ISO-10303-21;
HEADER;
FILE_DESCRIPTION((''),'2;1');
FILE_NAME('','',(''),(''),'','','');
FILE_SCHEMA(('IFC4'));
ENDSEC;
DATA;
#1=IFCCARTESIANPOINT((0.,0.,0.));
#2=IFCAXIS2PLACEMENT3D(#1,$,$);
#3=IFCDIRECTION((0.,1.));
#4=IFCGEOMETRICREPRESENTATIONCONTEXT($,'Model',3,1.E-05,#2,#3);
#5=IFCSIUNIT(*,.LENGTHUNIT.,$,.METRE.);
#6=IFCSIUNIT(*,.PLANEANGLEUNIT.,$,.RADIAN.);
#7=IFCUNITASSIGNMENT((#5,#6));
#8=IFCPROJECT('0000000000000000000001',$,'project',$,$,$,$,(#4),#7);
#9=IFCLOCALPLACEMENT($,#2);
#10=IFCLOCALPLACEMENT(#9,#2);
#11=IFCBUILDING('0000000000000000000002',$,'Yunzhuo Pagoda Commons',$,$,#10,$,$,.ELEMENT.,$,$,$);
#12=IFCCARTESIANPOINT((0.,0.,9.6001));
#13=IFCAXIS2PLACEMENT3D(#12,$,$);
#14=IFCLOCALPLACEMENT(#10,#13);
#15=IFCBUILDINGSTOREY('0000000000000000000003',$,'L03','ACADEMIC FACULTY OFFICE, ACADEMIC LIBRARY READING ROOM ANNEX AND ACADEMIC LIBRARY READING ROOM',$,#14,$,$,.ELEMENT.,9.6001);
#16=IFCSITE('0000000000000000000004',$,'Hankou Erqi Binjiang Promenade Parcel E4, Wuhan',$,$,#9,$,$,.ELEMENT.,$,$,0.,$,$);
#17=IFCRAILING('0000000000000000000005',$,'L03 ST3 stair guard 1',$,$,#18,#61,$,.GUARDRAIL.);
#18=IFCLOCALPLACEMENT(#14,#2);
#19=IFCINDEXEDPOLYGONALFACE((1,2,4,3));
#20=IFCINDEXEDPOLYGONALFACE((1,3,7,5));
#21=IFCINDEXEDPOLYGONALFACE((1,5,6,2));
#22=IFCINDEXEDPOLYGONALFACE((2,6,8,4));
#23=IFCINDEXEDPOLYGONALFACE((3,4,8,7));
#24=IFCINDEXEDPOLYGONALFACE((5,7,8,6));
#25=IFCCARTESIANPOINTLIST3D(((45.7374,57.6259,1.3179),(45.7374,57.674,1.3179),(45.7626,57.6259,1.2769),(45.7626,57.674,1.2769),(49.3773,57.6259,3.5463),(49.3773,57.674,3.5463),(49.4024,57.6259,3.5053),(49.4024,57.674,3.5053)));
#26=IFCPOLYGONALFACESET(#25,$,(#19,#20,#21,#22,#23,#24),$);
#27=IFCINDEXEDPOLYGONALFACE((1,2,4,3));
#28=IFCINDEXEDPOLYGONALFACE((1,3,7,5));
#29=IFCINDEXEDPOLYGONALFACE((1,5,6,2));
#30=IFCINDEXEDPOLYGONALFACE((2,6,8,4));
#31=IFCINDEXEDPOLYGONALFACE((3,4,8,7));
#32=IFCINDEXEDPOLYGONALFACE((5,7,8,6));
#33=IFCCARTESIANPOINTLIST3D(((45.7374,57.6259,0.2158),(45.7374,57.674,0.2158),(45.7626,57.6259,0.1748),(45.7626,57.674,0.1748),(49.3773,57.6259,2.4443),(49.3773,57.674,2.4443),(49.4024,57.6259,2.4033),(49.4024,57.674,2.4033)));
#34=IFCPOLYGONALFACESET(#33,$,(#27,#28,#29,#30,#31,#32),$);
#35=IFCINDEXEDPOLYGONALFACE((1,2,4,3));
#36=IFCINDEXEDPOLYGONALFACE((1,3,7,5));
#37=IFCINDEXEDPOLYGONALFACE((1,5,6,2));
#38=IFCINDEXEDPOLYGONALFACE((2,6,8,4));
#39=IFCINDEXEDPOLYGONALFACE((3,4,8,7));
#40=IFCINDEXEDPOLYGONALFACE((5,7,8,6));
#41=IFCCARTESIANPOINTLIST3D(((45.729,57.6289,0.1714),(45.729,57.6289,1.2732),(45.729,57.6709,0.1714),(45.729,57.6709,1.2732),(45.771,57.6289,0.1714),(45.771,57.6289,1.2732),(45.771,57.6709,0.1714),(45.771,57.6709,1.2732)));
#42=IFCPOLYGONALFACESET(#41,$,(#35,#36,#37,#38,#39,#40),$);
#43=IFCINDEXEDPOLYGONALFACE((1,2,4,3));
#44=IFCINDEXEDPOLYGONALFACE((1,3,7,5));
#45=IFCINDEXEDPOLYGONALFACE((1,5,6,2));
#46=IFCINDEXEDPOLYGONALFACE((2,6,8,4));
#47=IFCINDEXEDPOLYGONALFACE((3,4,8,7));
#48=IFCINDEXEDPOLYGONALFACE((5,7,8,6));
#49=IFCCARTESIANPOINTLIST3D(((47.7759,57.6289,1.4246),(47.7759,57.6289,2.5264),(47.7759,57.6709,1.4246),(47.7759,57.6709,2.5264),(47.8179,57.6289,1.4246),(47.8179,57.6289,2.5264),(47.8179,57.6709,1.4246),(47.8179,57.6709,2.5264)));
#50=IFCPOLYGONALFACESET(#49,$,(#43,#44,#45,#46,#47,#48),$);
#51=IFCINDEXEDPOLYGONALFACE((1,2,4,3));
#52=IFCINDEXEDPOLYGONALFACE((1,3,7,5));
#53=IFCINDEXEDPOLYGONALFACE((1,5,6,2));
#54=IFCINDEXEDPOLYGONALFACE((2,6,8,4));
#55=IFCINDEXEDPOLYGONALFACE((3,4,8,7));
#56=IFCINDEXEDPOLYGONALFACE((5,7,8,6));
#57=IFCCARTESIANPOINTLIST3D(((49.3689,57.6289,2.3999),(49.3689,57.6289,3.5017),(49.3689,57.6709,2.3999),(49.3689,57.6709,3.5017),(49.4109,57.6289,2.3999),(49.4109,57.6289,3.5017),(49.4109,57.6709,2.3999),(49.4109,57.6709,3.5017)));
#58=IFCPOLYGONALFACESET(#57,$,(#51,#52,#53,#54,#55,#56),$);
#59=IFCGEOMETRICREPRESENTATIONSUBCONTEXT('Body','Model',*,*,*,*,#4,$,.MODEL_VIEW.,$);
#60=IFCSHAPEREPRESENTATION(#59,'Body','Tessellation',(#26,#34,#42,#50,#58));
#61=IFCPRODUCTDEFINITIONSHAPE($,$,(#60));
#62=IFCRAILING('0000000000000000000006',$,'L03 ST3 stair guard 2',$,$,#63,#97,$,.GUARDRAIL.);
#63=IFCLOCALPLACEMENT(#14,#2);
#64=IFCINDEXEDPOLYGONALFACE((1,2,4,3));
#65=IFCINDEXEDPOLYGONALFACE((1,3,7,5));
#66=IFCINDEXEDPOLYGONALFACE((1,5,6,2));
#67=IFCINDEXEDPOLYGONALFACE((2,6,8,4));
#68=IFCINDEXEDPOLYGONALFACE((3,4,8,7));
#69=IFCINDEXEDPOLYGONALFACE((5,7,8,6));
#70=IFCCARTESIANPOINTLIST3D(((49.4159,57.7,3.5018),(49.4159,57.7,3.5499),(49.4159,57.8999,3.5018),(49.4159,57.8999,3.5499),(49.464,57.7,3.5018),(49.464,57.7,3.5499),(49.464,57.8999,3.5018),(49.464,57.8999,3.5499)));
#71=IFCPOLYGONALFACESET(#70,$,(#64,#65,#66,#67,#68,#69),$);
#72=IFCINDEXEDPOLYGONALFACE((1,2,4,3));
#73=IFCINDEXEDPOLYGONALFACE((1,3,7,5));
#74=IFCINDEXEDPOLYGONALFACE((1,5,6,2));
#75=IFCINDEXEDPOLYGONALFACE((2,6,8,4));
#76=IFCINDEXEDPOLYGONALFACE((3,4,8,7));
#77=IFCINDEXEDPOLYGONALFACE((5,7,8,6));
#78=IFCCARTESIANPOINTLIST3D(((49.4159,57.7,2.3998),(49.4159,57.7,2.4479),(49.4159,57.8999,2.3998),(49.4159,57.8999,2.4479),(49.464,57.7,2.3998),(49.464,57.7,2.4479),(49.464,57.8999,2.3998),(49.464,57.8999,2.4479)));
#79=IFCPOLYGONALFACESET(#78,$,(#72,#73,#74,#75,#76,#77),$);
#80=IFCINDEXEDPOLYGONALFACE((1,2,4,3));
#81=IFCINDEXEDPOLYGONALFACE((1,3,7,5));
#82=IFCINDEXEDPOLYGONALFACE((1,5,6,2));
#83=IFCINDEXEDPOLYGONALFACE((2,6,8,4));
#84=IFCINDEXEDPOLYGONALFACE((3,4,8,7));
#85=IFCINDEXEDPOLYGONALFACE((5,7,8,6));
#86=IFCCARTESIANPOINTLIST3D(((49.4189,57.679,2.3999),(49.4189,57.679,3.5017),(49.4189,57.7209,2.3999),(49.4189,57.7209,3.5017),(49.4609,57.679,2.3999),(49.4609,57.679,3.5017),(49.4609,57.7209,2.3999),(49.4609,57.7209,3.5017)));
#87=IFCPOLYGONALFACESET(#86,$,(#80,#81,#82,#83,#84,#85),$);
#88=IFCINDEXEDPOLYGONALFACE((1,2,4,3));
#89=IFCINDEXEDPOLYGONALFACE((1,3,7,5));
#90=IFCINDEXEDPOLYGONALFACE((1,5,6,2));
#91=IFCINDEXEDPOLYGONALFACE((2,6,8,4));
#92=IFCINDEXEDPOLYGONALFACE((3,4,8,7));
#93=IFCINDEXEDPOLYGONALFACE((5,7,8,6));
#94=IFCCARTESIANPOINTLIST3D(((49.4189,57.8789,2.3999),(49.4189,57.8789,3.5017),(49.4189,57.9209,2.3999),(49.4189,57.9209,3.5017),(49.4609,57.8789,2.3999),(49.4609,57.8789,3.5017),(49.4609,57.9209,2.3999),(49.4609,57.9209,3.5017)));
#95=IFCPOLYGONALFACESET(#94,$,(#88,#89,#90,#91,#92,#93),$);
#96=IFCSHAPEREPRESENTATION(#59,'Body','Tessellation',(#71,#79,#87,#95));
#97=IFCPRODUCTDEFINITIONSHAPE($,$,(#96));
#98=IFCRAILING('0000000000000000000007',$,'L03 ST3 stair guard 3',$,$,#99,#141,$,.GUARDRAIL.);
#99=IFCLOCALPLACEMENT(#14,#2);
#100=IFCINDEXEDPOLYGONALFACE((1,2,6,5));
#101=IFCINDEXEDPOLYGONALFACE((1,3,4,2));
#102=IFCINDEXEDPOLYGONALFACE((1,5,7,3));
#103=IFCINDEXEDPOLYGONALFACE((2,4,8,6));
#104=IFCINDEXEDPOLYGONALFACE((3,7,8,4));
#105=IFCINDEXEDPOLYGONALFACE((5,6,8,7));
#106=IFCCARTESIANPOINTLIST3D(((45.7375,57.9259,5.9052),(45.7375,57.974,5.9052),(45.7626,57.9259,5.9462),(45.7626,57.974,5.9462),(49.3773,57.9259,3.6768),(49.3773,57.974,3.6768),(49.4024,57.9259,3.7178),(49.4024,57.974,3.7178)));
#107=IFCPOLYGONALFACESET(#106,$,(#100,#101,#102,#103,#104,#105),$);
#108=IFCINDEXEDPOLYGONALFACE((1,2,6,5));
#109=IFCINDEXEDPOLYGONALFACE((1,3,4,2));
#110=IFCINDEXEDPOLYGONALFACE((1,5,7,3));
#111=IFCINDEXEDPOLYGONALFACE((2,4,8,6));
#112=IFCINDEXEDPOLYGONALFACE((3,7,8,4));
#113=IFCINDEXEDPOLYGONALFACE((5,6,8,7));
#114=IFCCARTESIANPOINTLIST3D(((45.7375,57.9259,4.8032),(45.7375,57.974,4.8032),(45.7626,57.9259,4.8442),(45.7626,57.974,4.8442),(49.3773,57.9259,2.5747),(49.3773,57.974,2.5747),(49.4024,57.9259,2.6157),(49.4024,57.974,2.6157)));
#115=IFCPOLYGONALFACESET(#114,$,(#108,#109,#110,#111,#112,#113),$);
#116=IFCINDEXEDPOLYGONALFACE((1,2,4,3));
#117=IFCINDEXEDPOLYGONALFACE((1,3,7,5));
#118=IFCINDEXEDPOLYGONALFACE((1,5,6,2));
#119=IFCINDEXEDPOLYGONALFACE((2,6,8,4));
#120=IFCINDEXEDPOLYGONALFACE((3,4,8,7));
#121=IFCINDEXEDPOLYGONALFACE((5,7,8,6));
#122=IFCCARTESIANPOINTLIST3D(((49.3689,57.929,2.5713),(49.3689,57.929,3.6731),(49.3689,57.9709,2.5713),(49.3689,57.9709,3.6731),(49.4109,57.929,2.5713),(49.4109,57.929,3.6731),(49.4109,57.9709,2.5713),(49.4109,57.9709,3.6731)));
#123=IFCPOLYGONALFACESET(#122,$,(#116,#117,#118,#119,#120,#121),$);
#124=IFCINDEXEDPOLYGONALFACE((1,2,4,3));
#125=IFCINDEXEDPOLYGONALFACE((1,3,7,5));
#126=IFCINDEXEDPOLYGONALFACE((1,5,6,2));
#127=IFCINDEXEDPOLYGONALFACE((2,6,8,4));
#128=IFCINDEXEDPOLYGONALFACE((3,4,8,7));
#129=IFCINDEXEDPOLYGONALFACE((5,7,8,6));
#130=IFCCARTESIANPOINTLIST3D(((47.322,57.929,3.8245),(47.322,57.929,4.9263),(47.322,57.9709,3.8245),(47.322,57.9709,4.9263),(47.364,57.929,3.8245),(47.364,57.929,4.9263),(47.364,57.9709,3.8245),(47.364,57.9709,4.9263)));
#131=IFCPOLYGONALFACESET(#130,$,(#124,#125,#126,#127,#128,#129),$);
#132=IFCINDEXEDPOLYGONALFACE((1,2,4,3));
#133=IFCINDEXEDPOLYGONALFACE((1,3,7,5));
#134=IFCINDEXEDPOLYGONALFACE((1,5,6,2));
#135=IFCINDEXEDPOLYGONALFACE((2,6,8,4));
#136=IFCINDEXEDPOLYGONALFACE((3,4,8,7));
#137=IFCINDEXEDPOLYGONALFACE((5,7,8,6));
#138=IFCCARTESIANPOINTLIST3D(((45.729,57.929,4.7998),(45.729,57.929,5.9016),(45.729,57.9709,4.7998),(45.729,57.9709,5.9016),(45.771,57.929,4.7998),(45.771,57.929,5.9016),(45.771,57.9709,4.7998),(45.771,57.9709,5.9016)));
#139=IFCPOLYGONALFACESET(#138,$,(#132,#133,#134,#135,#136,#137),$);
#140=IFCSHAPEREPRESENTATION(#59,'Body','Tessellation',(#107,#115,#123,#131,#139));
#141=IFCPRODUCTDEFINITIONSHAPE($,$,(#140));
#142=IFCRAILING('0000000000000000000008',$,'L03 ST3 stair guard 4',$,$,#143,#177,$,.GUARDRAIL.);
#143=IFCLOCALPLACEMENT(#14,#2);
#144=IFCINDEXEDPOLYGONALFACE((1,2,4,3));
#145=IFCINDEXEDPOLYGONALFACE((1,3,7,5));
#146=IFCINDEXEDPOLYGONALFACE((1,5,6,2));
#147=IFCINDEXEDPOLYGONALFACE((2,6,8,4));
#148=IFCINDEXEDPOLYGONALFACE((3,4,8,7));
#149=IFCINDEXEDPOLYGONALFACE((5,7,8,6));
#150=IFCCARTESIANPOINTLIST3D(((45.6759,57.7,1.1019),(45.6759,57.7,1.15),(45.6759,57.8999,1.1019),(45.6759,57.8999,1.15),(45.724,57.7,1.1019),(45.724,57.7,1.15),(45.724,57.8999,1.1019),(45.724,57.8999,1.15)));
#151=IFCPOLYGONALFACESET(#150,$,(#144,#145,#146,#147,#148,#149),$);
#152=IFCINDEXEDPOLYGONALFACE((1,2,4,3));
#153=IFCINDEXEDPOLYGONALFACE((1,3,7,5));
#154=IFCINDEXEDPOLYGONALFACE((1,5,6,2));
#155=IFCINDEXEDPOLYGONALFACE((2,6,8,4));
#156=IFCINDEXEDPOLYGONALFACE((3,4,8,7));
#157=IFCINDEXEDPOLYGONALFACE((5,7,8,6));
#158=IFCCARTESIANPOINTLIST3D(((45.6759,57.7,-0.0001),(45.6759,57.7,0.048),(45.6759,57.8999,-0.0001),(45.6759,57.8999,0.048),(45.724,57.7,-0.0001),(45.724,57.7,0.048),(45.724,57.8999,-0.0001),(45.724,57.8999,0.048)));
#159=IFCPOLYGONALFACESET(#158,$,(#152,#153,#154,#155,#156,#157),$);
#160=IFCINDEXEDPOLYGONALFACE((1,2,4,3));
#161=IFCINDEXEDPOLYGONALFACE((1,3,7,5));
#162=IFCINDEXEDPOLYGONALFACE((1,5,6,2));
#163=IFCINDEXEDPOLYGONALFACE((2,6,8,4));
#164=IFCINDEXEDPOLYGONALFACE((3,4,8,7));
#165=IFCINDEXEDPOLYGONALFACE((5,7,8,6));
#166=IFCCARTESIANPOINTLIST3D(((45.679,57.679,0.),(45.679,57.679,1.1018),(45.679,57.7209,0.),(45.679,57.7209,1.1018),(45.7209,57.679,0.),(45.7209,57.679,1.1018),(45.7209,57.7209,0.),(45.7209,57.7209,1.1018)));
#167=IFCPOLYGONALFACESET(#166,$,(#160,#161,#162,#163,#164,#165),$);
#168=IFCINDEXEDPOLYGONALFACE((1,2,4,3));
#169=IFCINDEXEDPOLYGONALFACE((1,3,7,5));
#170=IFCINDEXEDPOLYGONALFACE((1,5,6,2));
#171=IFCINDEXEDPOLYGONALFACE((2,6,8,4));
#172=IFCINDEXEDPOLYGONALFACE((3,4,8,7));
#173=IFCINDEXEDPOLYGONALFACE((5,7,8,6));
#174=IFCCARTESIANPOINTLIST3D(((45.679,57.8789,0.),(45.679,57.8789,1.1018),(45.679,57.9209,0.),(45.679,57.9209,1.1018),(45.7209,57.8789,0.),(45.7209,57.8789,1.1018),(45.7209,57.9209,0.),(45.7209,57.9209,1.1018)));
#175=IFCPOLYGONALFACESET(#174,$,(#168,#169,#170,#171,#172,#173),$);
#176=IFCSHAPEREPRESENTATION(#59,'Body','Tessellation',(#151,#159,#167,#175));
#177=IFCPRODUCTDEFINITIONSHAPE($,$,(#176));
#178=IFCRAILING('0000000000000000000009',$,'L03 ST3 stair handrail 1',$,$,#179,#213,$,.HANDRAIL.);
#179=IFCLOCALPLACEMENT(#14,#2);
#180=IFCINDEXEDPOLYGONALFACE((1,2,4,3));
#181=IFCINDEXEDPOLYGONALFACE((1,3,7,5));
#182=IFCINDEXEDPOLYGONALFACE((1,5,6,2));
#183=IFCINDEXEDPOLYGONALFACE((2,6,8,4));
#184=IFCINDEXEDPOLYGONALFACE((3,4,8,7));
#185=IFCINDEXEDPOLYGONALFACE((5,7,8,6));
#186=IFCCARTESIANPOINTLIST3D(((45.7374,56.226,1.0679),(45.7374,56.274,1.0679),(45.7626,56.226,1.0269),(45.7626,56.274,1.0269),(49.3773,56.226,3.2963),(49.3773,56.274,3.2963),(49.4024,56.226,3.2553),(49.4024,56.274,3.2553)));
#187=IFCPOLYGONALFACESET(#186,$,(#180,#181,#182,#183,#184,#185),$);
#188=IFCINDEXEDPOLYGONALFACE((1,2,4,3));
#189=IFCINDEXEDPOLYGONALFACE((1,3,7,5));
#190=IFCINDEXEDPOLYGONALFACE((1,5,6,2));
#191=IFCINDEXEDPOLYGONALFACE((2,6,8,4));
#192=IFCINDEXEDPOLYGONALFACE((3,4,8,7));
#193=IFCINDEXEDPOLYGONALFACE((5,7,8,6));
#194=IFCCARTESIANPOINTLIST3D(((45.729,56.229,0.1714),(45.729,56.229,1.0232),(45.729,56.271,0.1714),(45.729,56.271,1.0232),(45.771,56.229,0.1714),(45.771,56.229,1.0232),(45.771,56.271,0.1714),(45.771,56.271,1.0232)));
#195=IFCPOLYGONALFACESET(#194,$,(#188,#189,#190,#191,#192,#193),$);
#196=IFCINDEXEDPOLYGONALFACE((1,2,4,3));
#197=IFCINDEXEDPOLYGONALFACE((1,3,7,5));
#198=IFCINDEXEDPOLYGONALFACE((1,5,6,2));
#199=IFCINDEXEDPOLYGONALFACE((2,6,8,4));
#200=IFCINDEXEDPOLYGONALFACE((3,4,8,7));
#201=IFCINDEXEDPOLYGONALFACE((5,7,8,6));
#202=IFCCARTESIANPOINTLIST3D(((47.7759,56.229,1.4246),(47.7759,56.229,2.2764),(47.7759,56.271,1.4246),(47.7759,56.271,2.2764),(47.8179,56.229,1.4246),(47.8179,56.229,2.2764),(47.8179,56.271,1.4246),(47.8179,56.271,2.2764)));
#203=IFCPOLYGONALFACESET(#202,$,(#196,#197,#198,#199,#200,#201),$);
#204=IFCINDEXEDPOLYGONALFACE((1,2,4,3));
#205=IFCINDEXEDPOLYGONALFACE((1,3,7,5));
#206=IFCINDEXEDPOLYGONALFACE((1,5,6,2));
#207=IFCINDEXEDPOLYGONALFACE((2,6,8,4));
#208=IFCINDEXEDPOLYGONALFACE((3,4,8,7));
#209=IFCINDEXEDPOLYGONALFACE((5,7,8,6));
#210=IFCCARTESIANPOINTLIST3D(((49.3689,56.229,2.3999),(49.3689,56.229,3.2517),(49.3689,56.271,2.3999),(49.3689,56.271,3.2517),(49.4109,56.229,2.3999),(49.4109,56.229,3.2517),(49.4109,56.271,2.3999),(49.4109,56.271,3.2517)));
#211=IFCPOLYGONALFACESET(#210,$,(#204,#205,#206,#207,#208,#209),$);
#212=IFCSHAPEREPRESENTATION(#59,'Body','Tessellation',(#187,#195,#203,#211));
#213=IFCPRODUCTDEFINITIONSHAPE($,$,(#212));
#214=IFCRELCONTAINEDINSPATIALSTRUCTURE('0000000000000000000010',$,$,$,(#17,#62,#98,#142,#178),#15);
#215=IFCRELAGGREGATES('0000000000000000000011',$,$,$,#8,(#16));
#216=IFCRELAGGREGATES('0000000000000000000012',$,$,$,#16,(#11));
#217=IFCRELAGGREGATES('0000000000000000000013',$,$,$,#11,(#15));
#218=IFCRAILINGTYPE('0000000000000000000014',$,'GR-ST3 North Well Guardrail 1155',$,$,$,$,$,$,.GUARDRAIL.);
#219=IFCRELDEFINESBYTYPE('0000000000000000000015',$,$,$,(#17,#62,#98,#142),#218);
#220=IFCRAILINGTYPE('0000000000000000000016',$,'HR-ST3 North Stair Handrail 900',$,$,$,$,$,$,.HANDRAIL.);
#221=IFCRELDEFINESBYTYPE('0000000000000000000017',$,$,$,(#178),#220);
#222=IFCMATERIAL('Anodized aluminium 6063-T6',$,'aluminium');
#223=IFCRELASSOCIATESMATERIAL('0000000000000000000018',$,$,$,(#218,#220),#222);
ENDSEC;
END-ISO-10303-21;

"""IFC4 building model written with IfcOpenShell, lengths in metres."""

from ifc_helpers import new_model, si_unit, direction, frame, origin, origin_2d, place, context, subcontext, project, spatial, rectangle, extrude, material, type_object, element, save


model = new_model("IFC4")

# Units and contexts
model_context = context("Model", 3, precision=1e-05, world=origin(), true_north=direction((0.0, 1.0)))
body_context = subcontext(model_context, "Body", "Model", "MODEL_VIEW")
ifc_project = project(units=[si_unit("LENGTHUNIT", "METRE"), si_unit("PLANEANGLEUNIT", "RADIAN")], contexts=[model_context])

# Site, building, storey
site_placement = place(None, origin())
site = spatial("IfcSite", under=ifc_project, at=site_placement, Name="Hankou Erqi Binjiang Promenade Parcel E4, Wuhan", CompositionType="ELEMENT", RefElevation=0.0)
building_placement = place(site_placement, origin())
building = spatial("IfcBuilding", under=site, at=building_placement, Name="Yunzhuo Pagoda Commons", CompositionType="ELEMENT")
storey_placement = place(building_placement, frame((0.0, 0.0, 9.6001)))
storey = spatial("IfcBuildingStorey", under=building, at=storey_placement, Name="L03", Description="ACADEMIC FACULTY OFFICE, ACADEMIC LIBRARY READING ROOM ANNEX AND ACADEMIC LIBRARY READING ROOM", CompositionType="ELEMENT", Elevation=9.6001)

# Shared definitions
ifc_material_1 = material(Name="Anodized aluminium 6063-T6", Category="aluminium")

# Railings
railing_type_1 = type_object("IfcRailingType", Name="GR-ST3 North Well Guardrail 1155", PredefinedType="GUARDRAIL", material=ifc_material_1)
railing_1_placement = place(storey_placement, frame((45.75, 57.6499, 0.1714)))
element("IfcRailing", 1, at=railing_1_placement, inside=storey, type_object=railing_type_1, Name="L03 ST3 stair guard 1", PredefinedType="GUARDRAIL", context=body_context, shape_type="SweptSolid", body=[
    extrude(rectangle(XDim=0.0481, YDim=0.0481, at=origin_2d()), frame((0.0, 0.0, 1.126), z_axis=(0.85285, 0.0, 0.522156), x_axis=(0.0, 1.0, 0.0)), (0.0, 0.0, 1.0), 4.2678),
    extrude(rectangle(XDim=0.0481, YDim=0.0481, at=origin_2d()), frame((0.0, 0.0, 0.0239), z_axis=(0.85285, 0.0, 0.522156), x_axis=(0.0, 1.0, 0.0)), (0.0, 0.0, 1.0), 4.2678),
    extrude(rectangle(XDim=0.042, YDim=0.042, at=origin_2d()), origin(), (0.0, 0.0, 1.0), 1.1018),
    extrude(rectangle(XDim=0.042, YDim=0.042, at=origin_2d()), frame((2.0469, 0.0, 1.2532)), (0.0, 0.0, 1.0), 1.1018),
    extrude(rectangle(XDim=0.042, YDim=0.042, at=origin_2d()), frame((3.6399, 0.0, 2.2285)), (0.0, 0.0, 1.0), 1.1018),
])
railing_2_placement = place(storey_placement, frame((49.4399, 57.7, 2.3999)))
element("IfcRailing", 2, at=railing_2_placement, inside=storey, type_object=railing_type_1, Name="L03 ST3 stair guard 2", PredefinedType="GUARDRAIL", context=body_context, shape_type="SweptSolid", body=[
    extrude(rectangle(XDim=0.0481, YDim=0.0481, at=origin_2d()), frame((0.0, 0.0, 1.126), z_axis=(0.0, 1.0, 0.0), x_axis=(-1.0, 0.0, 0.0)), (0.0, 0.0, 1.0), 0.2),
    extrude(rectangle(XDim=0.0481, YDim=0.0481, at=origin_2d()), frame((0.0, 0.0, 0.0239), z_axis=(0.0, 1.0, 0.0), x_axis=(-1.0, 0.0, 0.0)), (0.0, 0.0, 1.0), 0.2),
    extrude(rectangle(XDim=0.042, YDim=0.042, at=origin_2d()), origin(), (0.0, 0.0, 1.0), 1.1018),
    extrude(rectangle(XDim=0.042, YDim=0.042, at=origin_2d()), frame((0.0, 0.2, 0.0)), (0.0, 0.0, 1.0), 1.1018),
])
railing_3_placement = place(storey_placement, frame((49.3899, 57.95, 2.5713)))
element("IfcRailing", 3, at=railing_3_placement, inside=storey, type_object=railing_type_1, Name="L03 ST3 stair guard 3", PredefinedType="GUARDRAIL", context=body_context, shape_type="SweptSolid", body=[
    extrude(rectangle(XDim=0.0481, YDim=0.0481, at=origin_2d()), frame((0.0, 0.0, 1.126), z_axis=(-0.85285, 0.0, 0.522156), x_axis=(0.0, -1.0, 0.0)), (0.0, 0.0, 1.0), 4.2678),
    extrude(rectangle(XDim=0.0481, YDim=0.0481, at=origin_2d()), frame((0.0, 0.0, 0.0239), z_axis=(-0.85285, 0.0, 0.522156), x_axis=(0.0, -1.0, 0.0)), (0.0, 0.0, 1.0), 4.2678),
    extrude(rectangle(XDim=0.042, YDim=0.042, at=origin_2d()), origin(), (0.0, 0.0, 1.0), 1.1018),
    extrude(rectangle(XDim=0.042, YDim=0.042, at=origin_2d()), frame((-2.0469, 0.0, 1.2532)), (0.0, 0.0, 1.0), 1.1018),
    extrude(rectangle(XDim=0.042, YDim=0.042, at=origin_2d()), frame((-3.6399, 0.0, 2.2285)), (0.0, 0.0, 1.0), 1.1018),
])
railing_4_placement = place(storey_placement, frame((45.7, 57.7, 0.0)))
element("IfcRailing", 4, at=railing_4_placement, inside=storey, type_object=railing_type_1, Name="L03 ST3 stair guard 4", PredefinedType="GUARDRAIL", context=body_context, shape_type="SweptSolid", body=[
    extrude(rectangle(XDim=0.0481, YDim=0.0481, at=origin_2d()), frame((0.0, 0.0, 1.126), z_axis=(0.0, 1.0, 0.0), x_axis=(-1.0, 0.0, 0.0)), (0.0, 0.0, 1.0), 0.2),
    extrude(rectangle(XDim=0.0481, YDim=0.0481, at=origin_2d()), frame((0.0, 0.0, 0.0239), z_axis=(0.0, 1.0, 0.0), x_axis=(-1.0, 0.0, 0.0)), (0.0, 0.0, 1.0), 0.2),
    extrude(rectangle(XDim=0.042, YDim=0.042, at=origin_2d()), origin(), (0.0, 0.0, 1.0), 1.1018),
    extrude(rectangle(XDim=0.042, YDim=0.042, at=origin_2d()), frame((0.0, 0.2, 0.0)), (0.0, 0.0, 1.0), 1.1018),
])
railing_type_2 = type_object("IfcRailingType", Name="HR-ST3 North Stair Handrail 900", PredefinedType="HANDRAIL", material=ifc_material_1)
railing_5_placement = place(storey_placement, frame((45.75, 56.25, 0.1714)))
element("IfcRailing", 5, at=railing_5_placement, inside=storey, type_object=railing_type_2, Name="L03 ST3 stair handrail 1", PredefinedType="HANDRAIL", context=body_context, shape_type="SweptSolid", body=[
    extrude(rectangle(XDim=0.0481, YDim=0.0481, at=origin_2d()), frame((0.0, 0.0, 0.876), z_axis=(0.85285, 0.0, 0.522156), x_axis=(0.0, 1.0, 0.0)), (0.0, 0.0, 1.0), 4.2678),
    extrude(rectangle(XDim=0.042, YDim=0.042, at=origin_2d()), origin(), (0.0, 0.0, 1.0), 0.8518),
    extrude(rectangle(XDim=0.042, YDim=0.042, at=origin_2d()), frame((2.0469, 0.0, 1.2532)), (0.0, 0.0, 1.0), 0.8518),
    extrude(rectangle(XDim=0.042, YDim=0.042, at=origin_2d()), frame((3.6399, 0.0, 2.2285)), (0.0, 0.0, 1.0), 0.8518),
])

save(model, "model.ifc")
